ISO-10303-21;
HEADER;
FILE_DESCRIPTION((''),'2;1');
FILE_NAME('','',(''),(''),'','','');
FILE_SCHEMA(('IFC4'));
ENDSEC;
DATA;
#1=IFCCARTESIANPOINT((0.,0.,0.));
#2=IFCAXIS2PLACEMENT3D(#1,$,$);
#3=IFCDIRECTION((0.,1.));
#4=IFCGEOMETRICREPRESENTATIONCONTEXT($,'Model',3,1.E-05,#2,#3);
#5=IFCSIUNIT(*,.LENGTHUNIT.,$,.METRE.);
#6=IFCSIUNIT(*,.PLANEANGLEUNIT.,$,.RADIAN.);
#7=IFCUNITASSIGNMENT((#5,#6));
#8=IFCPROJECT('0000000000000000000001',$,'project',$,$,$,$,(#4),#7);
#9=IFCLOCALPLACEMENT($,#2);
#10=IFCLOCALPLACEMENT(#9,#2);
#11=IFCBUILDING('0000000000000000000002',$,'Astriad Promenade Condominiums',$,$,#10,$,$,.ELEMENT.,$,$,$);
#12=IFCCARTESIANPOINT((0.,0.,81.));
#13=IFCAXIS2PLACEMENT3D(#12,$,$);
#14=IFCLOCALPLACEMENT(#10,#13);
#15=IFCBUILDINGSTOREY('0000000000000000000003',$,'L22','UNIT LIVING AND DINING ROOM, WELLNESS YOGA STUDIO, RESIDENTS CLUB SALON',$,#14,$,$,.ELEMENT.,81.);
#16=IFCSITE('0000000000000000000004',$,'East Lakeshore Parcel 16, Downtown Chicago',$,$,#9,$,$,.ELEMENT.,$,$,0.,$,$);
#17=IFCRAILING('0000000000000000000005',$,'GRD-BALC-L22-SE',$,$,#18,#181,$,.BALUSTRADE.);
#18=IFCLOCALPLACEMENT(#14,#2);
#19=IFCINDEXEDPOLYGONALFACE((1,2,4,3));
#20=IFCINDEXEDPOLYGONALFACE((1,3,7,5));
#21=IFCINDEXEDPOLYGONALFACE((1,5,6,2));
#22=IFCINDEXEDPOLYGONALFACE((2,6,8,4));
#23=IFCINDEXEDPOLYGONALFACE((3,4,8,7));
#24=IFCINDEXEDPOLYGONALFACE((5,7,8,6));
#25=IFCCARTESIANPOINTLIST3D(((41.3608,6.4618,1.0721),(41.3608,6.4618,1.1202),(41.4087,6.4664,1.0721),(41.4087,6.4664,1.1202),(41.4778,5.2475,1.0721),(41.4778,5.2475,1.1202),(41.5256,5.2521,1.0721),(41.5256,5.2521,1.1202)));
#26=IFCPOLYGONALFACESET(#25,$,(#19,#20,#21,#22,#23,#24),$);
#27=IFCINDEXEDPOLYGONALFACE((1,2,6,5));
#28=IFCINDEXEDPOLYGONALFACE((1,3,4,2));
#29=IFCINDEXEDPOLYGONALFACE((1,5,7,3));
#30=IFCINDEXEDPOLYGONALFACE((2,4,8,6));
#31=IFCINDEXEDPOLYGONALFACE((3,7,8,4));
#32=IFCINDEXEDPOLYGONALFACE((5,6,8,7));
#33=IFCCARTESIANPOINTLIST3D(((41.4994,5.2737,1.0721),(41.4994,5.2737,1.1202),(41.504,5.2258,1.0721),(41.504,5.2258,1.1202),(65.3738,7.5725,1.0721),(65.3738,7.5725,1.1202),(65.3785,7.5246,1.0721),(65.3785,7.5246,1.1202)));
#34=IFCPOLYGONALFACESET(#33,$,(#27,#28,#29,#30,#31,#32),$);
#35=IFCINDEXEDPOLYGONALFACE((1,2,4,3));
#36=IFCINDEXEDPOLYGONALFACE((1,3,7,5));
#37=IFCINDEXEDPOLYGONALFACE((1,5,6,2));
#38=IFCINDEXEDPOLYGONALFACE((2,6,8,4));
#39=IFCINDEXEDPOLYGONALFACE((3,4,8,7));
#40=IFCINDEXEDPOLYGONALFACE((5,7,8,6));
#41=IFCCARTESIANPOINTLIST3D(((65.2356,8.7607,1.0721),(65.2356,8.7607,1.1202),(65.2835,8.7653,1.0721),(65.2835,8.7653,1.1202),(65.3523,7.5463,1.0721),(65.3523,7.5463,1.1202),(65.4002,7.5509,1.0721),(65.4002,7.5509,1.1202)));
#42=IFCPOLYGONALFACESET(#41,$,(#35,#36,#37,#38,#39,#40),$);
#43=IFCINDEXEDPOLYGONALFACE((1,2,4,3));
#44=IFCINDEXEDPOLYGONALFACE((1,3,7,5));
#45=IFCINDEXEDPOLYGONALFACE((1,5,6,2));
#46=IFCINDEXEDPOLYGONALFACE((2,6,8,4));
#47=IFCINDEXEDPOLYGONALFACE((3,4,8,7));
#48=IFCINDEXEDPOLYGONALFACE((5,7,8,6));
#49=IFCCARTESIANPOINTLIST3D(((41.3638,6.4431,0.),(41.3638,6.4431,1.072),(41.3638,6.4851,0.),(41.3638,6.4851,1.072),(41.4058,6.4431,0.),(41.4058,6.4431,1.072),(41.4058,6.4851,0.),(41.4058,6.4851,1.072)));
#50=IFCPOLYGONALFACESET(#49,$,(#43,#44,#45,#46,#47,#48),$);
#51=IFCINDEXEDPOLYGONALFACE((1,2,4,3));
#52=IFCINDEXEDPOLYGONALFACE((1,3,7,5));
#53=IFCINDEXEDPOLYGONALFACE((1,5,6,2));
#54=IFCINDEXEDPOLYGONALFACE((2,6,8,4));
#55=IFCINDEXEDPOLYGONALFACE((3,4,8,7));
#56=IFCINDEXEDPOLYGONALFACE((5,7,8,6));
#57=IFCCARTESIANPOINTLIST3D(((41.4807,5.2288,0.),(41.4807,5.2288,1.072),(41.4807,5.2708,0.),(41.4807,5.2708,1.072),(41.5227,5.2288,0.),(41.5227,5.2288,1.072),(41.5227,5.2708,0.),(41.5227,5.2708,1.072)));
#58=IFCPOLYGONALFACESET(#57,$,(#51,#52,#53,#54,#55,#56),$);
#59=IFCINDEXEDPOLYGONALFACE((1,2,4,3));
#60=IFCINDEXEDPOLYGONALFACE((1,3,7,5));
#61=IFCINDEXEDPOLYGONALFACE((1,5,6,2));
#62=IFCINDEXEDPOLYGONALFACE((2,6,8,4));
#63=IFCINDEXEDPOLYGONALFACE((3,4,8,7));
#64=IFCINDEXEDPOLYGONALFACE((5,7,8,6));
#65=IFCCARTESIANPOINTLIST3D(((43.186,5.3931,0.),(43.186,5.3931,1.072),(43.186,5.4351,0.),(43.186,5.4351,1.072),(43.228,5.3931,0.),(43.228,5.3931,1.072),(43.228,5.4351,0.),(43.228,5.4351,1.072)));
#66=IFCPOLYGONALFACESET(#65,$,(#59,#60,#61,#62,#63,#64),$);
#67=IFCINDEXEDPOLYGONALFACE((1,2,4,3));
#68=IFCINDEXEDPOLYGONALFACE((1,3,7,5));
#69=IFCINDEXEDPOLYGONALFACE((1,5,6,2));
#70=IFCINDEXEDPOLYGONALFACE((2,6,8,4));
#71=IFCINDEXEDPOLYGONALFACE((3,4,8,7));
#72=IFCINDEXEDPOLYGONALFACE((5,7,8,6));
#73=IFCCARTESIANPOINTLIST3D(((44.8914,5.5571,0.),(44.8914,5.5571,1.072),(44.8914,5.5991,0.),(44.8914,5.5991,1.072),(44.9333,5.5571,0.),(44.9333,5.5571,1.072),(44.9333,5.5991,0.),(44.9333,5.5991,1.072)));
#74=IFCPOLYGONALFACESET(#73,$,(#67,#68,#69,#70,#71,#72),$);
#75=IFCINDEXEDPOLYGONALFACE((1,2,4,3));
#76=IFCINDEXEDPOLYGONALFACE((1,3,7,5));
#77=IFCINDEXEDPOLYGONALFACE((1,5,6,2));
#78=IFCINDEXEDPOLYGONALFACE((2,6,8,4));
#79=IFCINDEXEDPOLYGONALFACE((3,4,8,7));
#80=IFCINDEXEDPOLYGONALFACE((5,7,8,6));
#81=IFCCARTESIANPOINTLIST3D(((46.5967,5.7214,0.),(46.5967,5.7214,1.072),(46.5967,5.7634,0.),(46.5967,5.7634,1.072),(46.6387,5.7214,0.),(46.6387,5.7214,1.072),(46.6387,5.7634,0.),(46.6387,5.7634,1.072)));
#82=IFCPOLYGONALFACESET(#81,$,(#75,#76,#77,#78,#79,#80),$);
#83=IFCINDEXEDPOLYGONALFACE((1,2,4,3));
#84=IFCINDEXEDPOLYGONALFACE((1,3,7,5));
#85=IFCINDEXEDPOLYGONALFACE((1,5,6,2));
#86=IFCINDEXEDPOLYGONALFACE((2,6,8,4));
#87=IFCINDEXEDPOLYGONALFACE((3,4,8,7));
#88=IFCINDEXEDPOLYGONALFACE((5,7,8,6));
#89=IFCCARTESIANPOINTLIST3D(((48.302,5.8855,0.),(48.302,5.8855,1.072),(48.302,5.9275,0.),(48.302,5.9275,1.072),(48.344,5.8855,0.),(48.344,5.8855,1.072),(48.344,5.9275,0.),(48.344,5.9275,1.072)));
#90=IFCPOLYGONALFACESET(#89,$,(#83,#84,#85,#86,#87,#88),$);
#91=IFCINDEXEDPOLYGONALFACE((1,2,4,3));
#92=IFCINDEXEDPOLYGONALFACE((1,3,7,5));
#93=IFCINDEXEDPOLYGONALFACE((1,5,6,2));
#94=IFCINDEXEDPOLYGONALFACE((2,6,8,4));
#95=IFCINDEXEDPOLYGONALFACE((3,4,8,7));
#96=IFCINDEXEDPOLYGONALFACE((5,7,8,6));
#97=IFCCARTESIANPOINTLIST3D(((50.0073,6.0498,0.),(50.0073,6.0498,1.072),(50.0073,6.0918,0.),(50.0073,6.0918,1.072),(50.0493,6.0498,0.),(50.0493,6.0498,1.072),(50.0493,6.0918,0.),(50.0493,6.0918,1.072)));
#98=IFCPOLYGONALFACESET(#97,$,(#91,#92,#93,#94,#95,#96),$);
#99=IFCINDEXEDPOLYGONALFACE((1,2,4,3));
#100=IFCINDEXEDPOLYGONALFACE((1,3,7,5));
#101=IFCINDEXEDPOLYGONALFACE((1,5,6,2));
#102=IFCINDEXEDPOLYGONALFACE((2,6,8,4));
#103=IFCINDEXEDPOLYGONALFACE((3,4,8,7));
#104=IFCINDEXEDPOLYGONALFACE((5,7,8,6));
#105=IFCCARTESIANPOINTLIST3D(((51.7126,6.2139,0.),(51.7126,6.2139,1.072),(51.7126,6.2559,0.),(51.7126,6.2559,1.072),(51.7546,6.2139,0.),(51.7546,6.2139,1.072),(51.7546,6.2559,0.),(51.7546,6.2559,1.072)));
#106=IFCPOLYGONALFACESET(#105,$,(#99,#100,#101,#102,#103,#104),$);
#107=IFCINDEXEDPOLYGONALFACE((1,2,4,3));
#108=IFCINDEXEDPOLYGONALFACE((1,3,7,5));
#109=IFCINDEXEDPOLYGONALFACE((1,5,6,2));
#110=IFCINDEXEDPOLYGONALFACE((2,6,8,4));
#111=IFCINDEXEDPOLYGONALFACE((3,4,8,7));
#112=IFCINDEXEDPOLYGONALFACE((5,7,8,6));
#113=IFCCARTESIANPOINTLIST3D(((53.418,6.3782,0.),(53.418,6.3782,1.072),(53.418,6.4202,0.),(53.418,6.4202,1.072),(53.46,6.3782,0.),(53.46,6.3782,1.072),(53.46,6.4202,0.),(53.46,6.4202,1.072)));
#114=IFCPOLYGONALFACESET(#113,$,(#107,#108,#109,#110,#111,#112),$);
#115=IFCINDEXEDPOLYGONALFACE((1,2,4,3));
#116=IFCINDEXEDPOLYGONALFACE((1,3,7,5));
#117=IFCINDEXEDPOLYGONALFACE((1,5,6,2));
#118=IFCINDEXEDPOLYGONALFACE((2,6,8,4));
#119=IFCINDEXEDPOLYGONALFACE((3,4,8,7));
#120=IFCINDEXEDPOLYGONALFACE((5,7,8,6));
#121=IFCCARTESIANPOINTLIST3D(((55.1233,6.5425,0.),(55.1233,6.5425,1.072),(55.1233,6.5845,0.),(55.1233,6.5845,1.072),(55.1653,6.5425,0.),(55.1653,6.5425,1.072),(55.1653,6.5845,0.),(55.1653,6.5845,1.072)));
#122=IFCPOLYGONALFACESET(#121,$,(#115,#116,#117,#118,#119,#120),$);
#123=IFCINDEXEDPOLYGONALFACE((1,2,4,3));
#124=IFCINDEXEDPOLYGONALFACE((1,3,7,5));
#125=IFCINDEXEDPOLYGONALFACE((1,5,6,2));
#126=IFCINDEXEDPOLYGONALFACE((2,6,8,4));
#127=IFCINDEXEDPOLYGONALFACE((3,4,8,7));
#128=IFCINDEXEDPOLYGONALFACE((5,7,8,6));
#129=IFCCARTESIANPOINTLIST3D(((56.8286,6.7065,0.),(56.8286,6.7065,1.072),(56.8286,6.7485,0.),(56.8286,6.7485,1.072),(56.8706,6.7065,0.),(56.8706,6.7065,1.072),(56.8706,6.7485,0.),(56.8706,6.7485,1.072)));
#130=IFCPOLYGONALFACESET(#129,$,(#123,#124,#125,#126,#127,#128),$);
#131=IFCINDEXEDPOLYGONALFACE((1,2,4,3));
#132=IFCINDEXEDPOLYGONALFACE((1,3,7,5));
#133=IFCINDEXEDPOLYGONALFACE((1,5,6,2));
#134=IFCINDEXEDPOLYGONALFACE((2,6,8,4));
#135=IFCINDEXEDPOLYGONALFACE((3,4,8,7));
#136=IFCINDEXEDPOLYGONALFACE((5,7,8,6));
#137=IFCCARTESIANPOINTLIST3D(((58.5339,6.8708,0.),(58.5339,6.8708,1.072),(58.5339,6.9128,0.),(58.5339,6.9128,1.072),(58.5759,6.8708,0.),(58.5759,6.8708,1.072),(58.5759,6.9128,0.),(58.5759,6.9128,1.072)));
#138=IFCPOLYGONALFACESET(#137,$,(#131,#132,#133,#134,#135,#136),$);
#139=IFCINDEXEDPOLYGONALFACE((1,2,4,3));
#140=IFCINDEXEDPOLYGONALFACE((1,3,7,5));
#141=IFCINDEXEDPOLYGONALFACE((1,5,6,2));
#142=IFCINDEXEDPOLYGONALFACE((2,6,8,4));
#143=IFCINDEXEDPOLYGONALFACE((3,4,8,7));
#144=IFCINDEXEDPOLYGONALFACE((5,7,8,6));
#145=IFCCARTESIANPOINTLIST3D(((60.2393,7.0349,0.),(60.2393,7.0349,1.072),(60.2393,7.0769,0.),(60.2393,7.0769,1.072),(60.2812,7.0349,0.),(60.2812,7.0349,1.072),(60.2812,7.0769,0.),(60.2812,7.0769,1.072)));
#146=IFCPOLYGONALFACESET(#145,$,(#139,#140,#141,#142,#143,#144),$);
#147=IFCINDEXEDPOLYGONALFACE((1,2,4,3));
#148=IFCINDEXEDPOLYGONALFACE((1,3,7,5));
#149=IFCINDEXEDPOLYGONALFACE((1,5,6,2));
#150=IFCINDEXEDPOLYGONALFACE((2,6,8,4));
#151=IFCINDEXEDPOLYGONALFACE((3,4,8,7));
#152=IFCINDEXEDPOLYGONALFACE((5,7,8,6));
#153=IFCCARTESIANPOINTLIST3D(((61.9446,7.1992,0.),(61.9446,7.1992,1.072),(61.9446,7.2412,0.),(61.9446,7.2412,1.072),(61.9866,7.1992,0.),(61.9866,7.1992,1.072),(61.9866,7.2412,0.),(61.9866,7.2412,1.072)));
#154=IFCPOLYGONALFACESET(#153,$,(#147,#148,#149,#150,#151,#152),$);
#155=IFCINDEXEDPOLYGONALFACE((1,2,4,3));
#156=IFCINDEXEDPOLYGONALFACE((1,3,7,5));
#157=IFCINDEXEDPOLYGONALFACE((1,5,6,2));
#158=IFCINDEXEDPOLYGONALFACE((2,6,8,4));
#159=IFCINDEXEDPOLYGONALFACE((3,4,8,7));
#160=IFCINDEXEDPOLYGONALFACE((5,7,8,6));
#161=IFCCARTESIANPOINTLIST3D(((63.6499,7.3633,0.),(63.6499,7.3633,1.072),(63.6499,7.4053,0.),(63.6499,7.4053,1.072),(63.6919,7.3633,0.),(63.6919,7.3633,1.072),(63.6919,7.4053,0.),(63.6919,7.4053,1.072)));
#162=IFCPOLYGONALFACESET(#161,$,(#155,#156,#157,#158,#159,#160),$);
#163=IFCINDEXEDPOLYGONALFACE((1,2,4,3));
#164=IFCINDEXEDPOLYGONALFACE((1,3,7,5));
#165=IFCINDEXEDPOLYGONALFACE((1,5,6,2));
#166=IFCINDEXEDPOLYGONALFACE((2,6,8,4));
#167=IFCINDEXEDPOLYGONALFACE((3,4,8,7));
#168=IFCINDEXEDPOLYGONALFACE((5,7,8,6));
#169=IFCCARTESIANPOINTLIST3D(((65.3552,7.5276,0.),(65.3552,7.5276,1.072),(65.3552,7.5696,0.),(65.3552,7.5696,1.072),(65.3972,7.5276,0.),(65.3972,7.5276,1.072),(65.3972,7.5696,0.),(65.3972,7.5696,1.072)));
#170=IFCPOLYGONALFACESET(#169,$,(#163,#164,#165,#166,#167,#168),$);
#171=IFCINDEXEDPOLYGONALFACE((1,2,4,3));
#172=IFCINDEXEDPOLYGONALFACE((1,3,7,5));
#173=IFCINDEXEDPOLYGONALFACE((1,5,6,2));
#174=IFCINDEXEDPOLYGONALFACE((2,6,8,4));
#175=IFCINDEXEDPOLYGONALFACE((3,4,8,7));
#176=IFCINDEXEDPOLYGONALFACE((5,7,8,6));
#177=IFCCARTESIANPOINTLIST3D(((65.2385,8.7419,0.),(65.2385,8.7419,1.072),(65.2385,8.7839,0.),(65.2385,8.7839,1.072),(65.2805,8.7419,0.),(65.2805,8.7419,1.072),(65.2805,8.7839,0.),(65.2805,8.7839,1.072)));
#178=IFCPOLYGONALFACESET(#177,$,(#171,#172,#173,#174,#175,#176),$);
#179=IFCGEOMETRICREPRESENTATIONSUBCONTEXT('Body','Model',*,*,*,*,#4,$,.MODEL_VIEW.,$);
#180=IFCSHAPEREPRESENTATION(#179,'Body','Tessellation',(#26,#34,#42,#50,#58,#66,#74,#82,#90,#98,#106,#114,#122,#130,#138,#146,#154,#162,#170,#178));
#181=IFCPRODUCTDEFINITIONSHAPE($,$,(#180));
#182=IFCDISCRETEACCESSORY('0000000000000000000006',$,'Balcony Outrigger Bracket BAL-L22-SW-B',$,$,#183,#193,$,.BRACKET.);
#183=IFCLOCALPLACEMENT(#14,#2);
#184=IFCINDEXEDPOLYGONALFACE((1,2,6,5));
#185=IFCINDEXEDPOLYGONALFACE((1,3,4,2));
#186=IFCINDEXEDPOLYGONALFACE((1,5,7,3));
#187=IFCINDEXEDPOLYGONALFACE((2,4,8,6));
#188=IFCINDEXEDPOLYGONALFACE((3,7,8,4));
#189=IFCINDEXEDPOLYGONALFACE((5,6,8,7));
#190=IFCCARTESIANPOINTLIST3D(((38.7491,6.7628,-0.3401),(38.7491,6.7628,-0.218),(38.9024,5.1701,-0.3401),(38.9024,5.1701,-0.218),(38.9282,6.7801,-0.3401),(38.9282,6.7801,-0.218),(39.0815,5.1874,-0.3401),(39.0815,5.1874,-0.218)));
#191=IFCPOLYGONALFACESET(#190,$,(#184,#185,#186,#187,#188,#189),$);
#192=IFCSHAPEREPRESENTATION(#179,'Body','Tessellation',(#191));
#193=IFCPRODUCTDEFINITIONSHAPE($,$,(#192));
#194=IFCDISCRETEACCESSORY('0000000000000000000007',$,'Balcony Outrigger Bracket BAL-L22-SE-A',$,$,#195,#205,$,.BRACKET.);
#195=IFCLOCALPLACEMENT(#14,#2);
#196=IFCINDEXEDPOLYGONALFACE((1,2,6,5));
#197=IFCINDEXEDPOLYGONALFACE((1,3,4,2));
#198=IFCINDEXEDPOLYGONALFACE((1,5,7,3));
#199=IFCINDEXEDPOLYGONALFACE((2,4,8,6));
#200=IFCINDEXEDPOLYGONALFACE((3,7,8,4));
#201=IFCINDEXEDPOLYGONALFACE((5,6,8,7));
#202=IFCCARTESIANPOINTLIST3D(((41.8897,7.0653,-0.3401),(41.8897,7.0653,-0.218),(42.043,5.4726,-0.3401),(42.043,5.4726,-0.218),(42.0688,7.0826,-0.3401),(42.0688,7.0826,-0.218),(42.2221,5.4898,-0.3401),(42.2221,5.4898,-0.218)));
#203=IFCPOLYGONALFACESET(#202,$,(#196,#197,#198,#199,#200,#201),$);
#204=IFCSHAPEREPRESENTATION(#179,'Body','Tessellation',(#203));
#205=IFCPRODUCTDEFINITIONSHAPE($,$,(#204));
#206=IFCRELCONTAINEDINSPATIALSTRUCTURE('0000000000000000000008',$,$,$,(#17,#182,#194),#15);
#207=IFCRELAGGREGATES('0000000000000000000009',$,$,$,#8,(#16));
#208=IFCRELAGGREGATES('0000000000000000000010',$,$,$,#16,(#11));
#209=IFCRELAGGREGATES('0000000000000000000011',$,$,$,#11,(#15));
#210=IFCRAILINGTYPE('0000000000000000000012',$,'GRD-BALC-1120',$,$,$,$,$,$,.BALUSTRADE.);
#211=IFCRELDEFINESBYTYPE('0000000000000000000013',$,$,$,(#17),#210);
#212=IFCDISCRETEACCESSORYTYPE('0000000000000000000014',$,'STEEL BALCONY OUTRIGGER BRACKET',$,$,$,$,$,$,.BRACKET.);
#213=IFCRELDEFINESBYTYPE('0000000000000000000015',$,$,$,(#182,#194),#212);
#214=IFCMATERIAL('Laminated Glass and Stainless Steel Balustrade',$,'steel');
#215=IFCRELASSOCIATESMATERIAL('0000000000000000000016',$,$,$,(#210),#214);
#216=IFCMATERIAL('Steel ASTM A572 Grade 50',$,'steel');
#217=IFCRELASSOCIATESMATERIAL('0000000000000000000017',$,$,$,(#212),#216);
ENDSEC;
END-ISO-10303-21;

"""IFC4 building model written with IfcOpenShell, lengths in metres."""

from ifc_helpers import new_model, si_unit, direction, frame, origin, origin_2d, place, context, subcontext, project, spatial, rectangle, extrude, source, transform, mapped, material, type_object, type_shapes, element, save


model = new_model("IFC4")

# Units and contexts
model_context = context("Model", 3, precision=1e-05, world=origin(), true_north=direction((0.0, 1.0)))
body_context = subcontext(model_context, "Body", "Model", "MODEL_VIEW")
ifc_project = project(units=[si_unit("LENGTHUNIT", "METRE"), si_unit("PLANEANGLEUNIT", "RADIAN")], contexts=[model_context])

# Site, building, storey
site_placement = place(None, origin())
site = spatial("IfcSite", under=ifc_project, at=site_placement, Name="East Lakeshore Parcel 16, Downtown Chicago", CompositionType="ELEMENT", RefElevation=0.0)
building_placement = place(site_placement, origin())
building = spatial("IfcBuilding", under=site, at=building_placement, Name="Astriad Promenade Condominiums", CompositionType="ELEMENT")
storey_placement = place(building_placement, frame((0.0, 0.0, 81.0)))
storey = spatial("IfcBuildingStorey", under=building, at=storey_placement, Name="L22", Description="UNIT LIVING AND DINING ROOM, WELLNESS YOGA STUDIO, RESIDENTS CLUB SALON", CompositionType="ELEMENT", Elevation=81.0)

# Railing
ifc_material_1 = material(Name="Laminated Glass and Stainless Steel Balustrade", Category="steel")
railing_type = type_object("IfcRailingType", Name="GRD-BALC-1120", PredefinedType="BALUSTRADE", material=ifc_material_1)
shared_shape_1 = source(origin(), body_context, "Body", "SweptSolid", [
    extrude(rectangle(XDim=0.0481, YDim=0.0481, at=origin_2d()), frame((0.0, 0.0, 1.0962), z_axis=(0.095857, -0.995395, 0.0), x_axis=(0.995395, 0.095857, 0.0)), (0.0, 0.0, 1.0), 1.22),
    extrude(rectangle(XDim=0.0481, YDim=0.0481, at=origin_2d()), frame((0.1169, -1.2144, 1.0962), z_axis=(0.995396, 0.095845, 0.0), x_axis=(-0.095845, 0.995396, 0.0)), (0.0, 0.0, 1.0), 23.9849),
    extrude(rectangle(XDim=0.0481, YDim=0.0481, at=origin_2d()), frame((23.9915, 1.0845, 1.0962), z_axis=(-0.095659, 0.995414, 0.0), x_axis=(-0.995414, -0.095659, 0.0)), (0.0, 0.0, 1.0), 1.22),
    extrude(rectangle(XDim=0.042, YDim=0.042, at=origin_2d()), origin(), (0.0, 0.0, 1.0), 1.072),
    extrude(rectangle(XDim=0.042, YDim=0.042, at=origin_2d()), frame((0.1169, -1.2144, 0.0)), (0.0, 0.0, 1.0), 1.072),
    extrude(rectangle(XDim=0.042, YDim=0.042, at=origin_2d()), frame((1.8223, -1.05, 0.0)), (0.0, 0.0, 1.0), 1.072),
    extrude(rectangle(XDim=0.042, YDim=0.042, at=origin_2d()), frame((3.5276, -0.886, 0.0)), (0.0, 0.0, 1.0), 1.072),
    extrude(rectangle(XDim=0.042, YDim=0.042, at=origin_2d()), frame((5.2329, -0.7217, 0.0)), (0.0, 0.0, 1.0), 1.072),
    extrude(rectangle(XDim=0.042, YDim=0.042, at=origin_2d()), frame((6.9382, -0.5576, 0.0)), (0.0, 0.0, 1.0), 1.072),
    extrude(rectangle(XDim=0.042, YDim=0.042, at=origin_2d()), frame((8.6436, -0.3933, 0.0)), (0.0, 0.0, 1.0), 1.072),
    extrude(rectangle(XDim=0.042, YDim=0.042, at=origin_2d()), frame((10.3489, -0.2292, 0.0)), (0.0, 0.0, 1.0), 1.072),
    extrude(rectangle(XDim=0.042, YDim=0.042, at=origin_2d()), frame((12.0542, -0.0649, 0.0)), (0.0, 0.0, 1.0), 1.072),
    extrude(rectangle(XDim=0.042, YDim=0.042, at=origin_2d()), frame((13.7595, 0.0994, 0.0)), (0.0, 0.0, 1.0), 1.072),
    extrude(rectangle(XDim=0.042, YDim=0.042, at=origin_2d()), frame((15.4648, 0.2634, 0.0)), (0.0, 0.0, 1.0), 1.072),
    extrude(rectangle(XDim=0.042, YDim=0.042, at=origin_2d()), frame((17.1702, 0.4277, 0.0)), (0.0, 0.0, 1.0), 1.072),
    extrude(rectangle(XDim=0.042, YDim=0.042, at=origin_2d()), frame((18.8755, 0.5918, 0.0)), (0.0, 0.0, 1.0), 1.072),
    extrude(rectangle(XDim=0.042, YDim=0.042, at=origin_2d()), frame((20.5808, 0.7561, 0.0)), (0.0, 0.0, 1.0), 1.072),
    extrude(rectangle(XDim=0.042, YDim=0.042, at=origin_2d()), frame((22.2861, 0.9202, 0.0)), (0.0, 0.0, 1.0), 1.072),
    extrude(rectangle(XDim=0.042, YDim=0.042, at=origin_2d()), frame((23.9915, 1.0845, 0.0)), (0.0, 0.0, 1.0), 1.072),
    extrude(rectangle(XDim=0.042, YDim=0.042, at=origin_2d()), frame((23.8748, 2.2988, 0.0)), (0.0, 0.0, 1.0), 1.072),
])
type_shapes(railing_type, [shared_shape_1])
railing_placement = place(storey_placement, frame((41.3848, 6.4641, 0.0)))
element("IfcRailing", 1, at=railing_placement, inside=storey, type_object=railing_type, Name="GRD-BALC-L22-SE", PredefinedType="BALUSTRADE", context=body_context, shape_type="MappedRepresentation", body=[
    mapped(shared_shape_1, transform((0.0, 0.0, 0.0), scale=1.0)),
])

# Discrete accessories
ifc_material_2 = material(Name="Steel ASTM A572 Grade 50", Category="steel")
discrete_accessory_type = type_object("IfcDiscreteAccessoryType", Name="STEEL BALCONY OUTRIGGER BRACKET", PredefinedType="BRACKET", material=ifc_material_2)
shared_shape_2 = source(origin(), body_context, "Body", "SweptSolid", [
    extrude(rectangle(XDim=1.6001, YDim=0.1799, at=origin_2d()), origin(), (0.0, 0.0, 1.0), 0.1221),
])
type_shapes(discrete_accessory_type, [shared_shape_2])
for number, where, z_axis, x_axis, name in (
    (2, (38.9153, 5.9751, -0.3401), (0.0, 0.0, 1.0), (0.095846, -0.995396, 0.0), "Balcony Outrigger Bracket BAL-L22-SW-B"),
    (3, (42.0559, 6.2776, -0.3401), (0.0, 0.0, 1.0), (0.095846, -0.995396, 0.0), "Balcony Outrigger Bracket BAL-L22-SE-A"),
):
    element("IfcDiscreteAccessory", number, at=place(storey_placement, frame(where, z_axis=z_axis, x_axis=x_axis)), inside=storey, type_object=discrete_accessory_type, Name=name, PredefinedType="BRACKET", context=body_context, shape_type="MappedRepresentation", body=[
        mapped(shared_shape_2, transform((0.0, 0.0, 0.0), scale=1.0)),
    ])

save(model, "model.ifc")
